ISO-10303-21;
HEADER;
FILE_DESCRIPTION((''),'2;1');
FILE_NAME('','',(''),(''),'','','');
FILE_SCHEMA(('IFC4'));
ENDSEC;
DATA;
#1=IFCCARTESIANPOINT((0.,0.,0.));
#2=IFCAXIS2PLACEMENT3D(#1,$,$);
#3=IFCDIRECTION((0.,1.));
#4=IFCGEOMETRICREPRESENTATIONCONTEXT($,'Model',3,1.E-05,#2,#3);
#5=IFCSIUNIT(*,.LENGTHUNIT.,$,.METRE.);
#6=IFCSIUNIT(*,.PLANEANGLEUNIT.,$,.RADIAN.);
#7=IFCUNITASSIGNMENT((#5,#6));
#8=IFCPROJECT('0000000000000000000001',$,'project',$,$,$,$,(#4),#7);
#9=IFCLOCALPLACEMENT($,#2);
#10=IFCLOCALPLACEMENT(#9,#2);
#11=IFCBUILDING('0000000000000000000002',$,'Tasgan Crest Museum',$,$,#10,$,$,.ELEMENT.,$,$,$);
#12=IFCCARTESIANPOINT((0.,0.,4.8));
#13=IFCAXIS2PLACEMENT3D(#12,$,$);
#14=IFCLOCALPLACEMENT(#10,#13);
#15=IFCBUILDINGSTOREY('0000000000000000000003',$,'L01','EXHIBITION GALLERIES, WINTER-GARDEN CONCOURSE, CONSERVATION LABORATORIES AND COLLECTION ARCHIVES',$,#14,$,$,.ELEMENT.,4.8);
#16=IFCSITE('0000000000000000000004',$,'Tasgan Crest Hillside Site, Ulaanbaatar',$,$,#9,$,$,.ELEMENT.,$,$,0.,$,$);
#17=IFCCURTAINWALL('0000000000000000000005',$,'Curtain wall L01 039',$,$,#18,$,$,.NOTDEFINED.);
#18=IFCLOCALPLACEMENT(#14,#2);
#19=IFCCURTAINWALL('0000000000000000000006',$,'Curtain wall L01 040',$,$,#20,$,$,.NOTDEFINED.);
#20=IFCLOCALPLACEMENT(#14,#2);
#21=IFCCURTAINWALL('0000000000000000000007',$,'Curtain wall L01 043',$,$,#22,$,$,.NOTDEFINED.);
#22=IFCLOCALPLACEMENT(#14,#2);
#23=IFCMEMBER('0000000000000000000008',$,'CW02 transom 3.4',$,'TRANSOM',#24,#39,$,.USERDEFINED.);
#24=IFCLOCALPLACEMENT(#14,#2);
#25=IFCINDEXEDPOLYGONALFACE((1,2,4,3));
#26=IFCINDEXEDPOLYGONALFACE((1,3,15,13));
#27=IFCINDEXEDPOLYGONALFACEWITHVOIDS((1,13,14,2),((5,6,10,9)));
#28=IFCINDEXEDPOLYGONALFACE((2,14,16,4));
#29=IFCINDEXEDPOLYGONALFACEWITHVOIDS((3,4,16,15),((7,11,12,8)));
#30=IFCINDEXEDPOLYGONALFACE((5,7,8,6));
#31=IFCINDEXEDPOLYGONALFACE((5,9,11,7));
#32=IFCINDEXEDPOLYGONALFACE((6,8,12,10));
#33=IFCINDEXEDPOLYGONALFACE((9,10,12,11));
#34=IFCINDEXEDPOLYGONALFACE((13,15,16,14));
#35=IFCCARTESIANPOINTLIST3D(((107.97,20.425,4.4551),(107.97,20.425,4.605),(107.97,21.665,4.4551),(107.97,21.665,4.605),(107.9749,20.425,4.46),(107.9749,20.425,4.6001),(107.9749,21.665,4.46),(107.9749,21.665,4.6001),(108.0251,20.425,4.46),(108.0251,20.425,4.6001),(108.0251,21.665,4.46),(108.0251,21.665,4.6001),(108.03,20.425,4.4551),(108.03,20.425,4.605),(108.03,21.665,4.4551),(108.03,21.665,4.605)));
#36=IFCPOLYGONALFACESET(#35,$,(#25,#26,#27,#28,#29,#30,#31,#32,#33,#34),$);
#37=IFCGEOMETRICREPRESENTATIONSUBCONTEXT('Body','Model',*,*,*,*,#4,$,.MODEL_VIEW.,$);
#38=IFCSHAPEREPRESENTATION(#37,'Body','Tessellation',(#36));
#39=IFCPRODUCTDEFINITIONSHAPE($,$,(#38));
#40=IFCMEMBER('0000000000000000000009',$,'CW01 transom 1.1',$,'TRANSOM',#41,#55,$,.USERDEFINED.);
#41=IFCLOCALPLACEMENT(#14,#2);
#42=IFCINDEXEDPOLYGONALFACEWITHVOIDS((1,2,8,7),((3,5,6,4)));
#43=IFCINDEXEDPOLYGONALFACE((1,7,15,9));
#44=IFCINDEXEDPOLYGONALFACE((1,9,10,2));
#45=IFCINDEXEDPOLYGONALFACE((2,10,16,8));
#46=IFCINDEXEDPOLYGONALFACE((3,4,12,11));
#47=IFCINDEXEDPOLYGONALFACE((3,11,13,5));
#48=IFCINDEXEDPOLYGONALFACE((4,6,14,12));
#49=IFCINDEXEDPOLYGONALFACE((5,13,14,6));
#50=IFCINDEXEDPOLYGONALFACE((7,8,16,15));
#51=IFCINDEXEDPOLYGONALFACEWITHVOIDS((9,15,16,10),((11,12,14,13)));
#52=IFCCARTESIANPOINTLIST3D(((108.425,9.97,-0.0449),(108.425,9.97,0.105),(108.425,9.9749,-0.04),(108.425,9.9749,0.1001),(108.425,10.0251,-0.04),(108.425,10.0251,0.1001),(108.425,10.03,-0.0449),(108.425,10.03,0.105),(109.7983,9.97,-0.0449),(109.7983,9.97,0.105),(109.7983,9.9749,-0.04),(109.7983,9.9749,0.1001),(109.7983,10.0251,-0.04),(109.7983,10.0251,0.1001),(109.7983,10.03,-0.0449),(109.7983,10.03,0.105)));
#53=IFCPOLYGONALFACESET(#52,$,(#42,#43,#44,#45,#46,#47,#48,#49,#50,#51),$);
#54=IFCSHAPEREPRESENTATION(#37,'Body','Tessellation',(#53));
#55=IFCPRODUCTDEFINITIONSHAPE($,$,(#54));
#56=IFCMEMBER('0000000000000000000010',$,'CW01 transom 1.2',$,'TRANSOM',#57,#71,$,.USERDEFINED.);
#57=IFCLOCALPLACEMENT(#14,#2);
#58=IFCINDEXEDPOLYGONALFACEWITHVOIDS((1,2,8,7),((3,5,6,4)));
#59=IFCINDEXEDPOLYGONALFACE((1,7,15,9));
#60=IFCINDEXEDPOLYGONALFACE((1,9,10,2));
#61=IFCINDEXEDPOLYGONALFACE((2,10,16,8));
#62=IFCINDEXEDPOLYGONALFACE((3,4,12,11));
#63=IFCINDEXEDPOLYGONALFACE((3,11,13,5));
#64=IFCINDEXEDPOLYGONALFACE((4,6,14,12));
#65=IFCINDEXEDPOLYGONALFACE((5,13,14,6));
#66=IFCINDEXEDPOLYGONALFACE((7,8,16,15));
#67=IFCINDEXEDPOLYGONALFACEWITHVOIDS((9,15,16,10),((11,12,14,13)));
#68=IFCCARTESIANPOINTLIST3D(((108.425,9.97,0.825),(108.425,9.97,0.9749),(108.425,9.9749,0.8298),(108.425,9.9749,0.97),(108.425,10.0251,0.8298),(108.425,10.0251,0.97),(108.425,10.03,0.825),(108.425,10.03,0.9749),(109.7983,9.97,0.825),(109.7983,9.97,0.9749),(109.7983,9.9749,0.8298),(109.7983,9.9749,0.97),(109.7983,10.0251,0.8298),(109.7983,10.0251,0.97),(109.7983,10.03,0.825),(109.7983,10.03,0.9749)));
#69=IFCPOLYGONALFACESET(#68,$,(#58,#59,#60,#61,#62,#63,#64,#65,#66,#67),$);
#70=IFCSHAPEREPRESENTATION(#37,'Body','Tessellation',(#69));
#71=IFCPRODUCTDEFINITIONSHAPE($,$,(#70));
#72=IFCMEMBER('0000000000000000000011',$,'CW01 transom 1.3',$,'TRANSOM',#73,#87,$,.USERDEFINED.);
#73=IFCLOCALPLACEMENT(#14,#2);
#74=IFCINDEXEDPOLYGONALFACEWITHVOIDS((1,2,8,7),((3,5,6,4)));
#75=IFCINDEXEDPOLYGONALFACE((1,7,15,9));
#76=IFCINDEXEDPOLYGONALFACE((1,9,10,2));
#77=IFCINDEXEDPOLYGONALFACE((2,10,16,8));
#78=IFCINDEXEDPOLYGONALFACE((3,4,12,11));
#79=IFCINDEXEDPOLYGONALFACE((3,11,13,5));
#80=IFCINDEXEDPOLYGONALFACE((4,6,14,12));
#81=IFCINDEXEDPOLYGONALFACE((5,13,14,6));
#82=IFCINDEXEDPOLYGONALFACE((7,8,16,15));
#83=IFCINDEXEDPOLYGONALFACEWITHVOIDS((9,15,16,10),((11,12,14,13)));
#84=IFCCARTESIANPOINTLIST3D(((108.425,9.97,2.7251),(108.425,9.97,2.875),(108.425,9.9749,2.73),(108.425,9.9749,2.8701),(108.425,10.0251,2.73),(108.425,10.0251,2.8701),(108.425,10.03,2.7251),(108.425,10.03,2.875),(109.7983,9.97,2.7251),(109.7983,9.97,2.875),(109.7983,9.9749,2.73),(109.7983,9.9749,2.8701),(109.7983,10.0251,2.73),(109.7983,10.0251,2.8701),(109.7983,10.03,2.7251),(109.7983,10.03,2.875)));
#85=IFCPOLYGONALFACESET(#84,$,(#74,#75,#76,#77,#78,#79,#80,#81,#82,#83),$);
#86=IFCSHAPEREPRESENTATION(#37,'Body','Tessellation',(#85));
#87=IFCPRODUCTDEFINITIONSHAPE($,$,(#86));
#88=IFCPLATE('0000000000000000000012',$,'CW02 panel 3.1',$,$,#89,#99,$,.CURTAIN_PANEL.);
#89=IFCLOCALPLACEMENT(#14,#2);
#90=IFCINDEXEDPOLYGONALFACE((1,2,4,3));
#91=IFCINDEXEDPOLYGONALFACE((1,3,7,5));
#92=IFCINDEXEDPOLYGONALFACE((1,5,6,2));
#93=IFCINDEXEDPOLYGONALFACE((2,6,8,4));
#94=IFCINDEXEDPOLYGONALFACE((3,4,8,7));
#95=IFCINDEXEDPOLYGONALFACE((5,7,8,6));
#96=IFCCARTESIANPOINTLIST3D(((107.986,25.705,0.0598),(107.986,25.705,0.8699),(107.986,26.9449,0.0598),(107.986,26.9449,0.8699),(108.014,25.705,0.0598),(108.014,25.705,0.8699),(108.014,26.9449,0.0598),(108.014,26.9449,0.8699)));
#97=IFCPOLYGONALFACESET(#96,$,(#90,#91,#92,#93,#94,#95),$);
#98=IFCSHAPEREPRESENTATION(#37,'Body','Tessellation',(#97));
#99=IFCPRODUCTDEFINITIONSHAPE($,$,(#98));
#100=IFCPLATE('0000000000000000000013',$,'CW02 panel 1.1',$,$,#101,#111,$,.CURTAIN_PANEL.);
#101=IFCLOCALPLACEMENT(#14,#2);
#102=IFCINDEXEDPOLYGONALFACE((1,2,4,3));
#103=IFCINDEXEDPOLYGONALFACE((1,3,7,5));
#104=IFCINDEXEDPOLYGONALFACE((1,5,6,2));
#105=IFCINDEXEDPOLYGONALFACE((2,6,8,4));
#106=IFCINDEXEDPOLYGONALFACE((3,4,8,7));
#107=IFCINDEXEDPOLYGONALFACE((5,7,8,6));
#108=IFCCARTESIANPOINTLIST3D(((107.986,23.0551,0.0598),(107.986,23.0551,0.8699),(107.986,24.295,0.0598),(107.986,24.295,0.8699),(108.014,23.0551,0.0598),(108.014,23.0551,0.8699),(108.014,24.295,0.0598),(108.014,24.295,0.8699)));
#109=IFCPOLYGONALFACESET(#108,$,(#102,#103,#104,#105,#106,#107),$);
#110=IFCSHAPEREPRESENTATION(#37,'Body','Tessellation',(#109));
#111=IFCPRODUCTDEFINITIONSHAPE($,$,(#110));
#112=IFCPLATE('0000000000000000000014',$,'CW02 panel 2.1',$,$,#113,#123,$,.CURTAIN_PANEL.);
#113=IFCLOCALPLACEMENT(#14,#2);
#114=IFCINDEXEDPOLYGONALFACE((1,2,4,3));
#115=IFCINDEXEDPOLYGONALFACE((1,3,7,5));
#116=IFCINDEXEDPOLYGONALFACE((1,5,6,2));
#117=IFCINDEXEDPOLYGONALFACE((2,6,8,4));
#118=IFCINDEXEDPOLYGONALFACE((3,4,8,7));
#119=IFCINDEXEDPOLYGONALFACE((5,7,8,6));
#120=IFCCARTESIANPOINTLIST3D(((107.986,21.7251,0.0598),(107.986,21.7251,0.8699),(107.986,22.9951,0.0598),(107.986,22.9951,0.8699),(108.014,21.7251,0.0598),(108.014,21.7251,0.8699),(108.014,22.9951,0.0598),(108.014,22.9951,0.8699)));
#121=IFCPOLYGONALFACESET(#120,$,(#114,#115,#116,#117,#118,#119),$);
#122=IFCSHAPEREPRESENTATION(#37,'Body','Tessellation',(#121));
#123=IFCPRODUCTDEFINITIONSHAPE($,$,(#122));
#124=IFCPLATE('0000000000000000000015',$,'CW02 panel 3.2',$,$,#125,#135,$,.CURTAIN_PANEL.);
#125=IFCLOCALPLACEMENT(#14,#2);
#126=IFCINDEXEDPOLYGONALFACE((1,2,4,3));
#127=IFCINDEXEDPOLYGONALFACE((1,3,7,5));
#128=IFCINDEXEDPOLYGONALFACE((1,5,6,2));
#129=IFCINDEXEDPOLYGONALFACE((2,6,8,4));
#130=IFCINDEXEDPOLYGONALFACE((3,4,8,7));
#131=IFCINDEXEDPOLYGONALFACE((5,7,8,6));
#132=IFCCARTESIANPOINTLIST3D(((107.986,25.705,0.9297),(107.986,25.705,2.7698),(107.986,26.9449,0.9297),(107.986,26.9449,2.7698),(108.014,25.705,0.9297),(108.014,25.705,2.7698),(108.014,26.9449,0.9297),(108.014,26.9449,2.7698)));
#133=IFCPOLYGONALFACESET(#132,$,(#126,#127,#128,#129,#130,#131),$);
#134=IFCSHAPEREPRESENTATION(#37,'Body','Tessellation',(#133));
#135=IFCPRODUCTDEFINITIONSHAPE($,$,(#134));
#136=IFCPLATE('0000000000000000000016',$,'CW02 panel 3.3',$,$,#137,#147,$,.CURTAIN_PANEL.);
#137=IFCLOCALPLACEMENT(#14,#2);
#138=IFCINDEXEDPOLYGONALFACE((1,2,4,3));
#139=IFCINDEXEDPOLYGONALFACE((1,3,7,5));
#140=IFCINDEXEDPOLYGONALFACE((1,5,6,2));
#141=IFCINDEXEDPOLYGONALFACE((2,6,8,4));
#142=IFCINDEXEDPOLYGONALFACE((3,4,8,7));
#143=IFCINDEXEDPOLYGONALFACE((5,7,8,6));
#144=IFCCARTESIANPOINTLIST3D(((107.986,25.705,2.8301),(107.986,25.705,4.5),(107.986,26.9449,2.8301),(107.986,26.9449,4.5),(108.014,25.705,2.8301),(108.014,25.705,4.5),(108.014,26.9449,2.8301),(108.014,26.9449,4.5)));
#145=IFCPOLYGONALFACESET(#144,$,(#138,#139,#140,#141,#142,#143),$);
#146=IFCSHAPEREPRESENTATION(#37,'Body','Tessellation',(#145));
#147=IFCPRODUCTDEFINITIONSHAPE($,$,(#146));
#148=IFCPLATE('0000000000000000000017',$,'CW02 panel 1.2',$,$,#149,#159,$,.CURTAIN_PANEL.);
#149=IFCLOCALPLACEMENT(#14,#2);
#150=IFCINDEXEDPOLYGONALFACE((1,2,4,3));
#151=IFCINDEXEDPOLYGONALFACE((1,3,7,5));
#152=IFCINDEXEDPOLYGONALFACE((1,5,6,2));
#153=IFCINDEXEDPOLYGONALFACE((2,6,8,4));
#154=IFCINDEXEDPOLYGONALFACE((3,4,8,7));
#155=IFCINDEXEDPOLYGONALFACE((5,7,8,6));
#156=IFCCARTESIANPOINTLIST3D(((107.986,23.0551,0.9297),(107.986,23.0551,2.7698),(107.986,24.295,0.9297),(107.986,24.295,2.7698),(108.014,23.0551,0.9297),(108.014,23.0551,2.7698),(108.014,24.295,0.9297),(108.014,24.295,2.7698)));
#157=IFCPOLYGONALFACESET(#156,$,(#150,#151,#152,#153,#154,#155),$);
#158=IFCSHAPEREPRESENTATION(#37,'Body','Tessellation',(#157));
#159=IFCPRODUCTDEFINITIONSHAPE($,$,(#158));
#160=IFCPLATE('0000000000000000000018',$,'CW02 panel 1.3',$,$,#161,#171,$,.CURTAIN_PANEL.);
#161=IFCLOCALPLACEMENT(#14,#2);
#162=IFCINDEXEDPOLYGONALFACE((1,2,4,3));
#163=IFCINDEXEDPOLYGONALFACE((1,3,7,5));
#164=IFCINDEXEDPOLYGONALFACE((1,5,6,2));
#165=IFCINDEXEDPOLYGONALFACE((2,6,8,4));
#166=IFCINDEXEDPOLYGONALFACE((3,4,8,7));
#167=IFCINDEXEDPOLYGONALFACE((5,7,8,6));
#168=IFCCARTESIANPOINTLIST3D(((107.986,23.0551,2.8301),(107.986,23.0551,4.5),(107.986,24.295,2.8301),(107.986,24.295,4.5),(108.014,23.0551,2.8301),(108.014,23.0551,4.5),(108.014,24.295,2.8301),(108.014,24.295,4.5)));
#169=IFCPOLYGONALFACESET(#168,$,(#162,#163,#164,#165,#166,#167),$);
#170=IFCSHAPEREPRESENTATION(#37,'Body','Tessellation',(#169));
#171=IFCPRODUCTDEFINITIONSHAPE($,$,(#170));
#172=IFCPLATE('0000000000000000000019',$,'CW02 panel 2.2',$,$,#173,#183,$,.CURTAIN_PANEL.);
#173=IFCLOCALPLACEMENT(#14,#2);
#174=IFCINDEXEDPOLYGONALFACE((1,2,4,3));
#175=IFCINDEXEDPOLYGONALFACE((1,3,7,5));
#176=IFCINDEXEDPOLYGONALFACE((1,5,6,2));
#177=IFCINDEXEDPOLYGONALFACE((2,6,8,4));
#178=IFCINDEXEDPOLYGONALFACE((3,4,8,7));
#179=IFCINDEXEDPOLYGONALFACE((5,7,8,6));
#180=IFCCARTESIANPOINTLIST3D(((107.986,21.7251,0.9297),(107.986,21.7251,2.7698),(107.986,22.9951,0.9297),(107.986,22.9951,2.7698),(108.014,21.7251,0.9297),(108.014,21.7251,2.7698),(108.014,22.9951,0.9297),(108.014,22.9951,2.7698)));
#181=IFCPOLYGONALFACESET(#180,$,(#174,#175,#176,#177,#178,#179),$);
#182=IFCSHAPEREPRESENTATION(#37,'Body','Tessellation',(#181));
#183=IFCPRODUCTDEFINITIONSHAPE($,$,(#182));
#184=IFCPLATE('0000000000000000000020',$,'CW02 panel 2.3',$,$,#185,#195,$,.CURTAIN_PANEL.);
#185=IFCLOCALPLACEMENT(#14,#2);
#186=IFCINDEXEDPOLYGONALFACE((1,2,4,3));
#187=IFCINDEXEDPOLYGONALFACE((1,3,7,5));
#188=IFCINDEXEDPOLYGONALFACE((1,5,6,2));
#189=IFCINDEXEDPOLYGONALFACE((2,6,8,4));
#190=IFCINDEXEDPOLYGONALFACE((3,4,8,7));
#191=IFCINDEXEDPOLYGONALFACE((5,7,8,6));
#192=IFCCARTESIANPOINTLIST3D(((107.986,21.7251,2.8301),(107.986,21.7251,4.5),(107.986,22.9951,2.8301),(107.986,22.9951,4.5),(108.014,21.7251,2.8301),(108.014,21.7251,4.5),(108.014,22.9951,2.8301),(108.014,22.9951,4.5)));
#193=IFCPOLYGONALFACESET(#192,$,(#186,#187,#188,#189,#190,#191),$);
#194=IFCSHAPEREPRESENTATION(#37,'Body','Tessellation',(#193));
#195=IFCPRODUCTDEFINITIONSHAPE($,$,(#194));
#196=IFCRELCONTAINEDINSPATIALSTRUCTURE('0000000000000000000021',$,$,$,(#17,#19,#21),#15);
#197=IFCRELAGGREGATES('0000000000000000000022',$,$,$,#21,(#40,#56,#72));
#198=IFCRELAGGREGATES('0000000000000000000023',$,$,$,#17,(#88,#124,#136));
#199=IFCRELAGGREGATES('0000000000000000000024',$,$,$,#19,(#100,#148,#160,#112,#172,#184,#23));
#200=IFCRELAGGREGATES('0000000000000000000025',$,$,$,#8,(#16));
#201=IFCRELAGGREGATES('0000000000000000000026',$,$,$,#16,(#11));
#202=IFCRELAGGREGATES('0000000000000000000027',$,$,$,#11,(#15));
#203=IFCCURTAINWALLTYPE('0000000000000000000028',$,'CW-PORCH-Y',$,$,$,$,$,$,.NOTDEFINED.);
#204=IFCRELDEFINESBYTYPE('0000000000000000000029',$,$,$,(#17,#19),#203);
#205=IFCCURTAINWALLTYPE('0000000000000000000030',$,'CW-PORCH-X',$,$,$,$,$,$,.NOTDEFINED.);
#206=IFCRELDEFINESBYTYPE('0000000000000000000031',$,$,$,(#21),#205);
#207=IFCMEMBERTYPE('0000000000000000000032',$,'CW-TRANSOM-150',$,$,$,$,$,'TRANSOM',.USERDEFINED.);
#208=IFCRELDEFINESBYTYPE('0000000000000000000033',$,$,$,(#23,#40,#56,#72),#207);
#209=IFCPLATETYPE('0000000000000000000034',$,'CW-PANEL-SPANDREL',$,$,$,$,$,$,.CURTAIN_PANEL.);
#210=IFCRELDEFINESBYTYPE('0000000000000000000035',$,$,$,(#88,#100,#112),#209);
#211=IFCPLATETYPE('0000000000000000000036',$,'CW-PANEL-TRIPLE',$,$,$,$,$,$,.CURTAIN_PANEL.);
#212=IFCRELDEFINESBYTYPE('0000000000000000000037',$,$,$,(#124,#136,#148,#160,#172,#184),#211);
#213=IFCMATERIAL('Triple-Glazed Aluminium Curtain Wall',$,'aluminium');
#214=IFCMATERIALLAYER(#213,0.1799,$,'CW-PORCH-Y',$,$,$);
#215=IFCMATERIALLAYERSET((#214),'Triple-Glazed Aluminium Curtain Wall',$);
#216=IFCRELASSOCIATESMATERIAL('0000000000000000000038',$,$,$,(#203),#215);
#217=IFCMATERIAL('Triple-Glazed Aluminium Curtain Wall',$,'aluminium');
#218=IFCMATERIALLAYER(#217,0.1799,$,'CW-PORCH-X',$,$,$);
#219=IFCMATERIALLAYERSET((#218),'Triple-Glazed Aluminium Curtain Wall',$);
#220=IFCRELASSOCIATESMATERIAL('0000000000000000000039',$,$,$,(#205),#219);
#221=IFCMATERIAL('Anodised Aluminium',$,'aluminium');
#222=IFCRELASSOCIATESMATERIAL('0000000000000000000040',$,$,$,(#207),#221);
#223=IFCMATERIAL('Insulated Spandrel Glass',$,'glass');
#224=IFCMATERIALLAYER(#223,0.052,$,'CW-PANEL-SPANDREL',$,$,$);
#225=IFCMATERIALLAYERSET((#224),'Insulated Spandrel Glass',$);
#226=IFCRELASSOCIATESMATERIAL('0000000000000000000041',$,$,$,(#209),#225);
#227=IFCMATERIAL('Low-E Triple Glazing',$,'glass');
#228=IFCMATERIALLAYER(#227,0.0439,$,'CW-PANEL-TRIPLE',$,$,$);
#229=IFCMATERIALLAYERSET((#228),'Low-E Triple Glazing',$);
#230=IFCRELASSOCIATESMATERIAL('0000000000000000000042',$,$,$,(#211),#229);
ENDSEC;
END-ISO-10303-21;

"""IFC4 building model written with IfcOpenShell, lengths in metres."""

from ifc_helpers import new_model, si_unit, direction, frame, origin, origin_2d, place, context, subcontext, project, spatial, rectangle, hollow_rectangle, extrude, material, layer, layer_set, material_profile, profile_set, type_object, element, aggregate, save


model = new_model("IFC4")

# Units and contexts
model_context = context("Model", 3, precision=1e-05, world=origin(), true_north=direction((0.0, 1.0)))
body_context = subcontext(model_context, "Body", "Model", "MODEL_VIEW")
ifc_project = project(units=[si_unit("LENGTHUNIT", "METRE"), si_unit("PLANEANGLEUNIT", "RADIAN")], contexts=[model_context])

# Site, building, storey
site_placement = place(None, origin())
site = spatial("IfcSite", under=ifc_project, at=site_placement, Name="Tasgan Crest Hillside Site, Ulaanbaatar", CompositionType="ELEMENT", RefElevation=0.0)
building_placement = place(site_placement, origin())
building = spatial("IfcBuilding", under=site, at=building_placement, Name="Tasgan Crest Museum", CompositionType="ELEMENT")
storey_placement = place(building_placement, frame((0.0, 0.0, 4.8)))
storey = spatial("IfcBuildingStorey", under=building, at=storey_placement, Name="L01", Description="EXHIBITION GALLERIES, WINTER-GARDEN CONCOURSE, CONSERVATION LABORATORIES AND COLLECTION ARCHIVES", CompositionType="ELEMENT", Elevation=4.8)

# Curtain wall
ifc_material_1 = material(Name="Triple-Glazed Aluminium Curtain Wall", Category="aluminium")
ifc_layer_1 = layer(ifc_material_1, 0.1799, Name="CW-PORCH-Y")
ifc_layer_set_1 = layer_set([ifc_layer_1], Name="Triple-Glazed Aluminium Curtain Wall")
curtain_wall_type_1 = type_object("IfcCurtainWallType", Name="CW-PORCH-Y", PredefinedType="NOTDEFINED", material=ifc_layer_set_1)
curtain_wall_1_placement = place(storey_placement, origin())
curtain_wall_1 = element("IfcCurtainWall", 1, at=curtain_wall_1_placement, inside=storey, type_object=curtain_wall_type_1, Name="Curtain wall L01 039", PredefinedType="NOTDEFINED")

# Curtain wall
curtain_wall_2_placement = place(storey_placement, origin())
curtain_wall_2 = element("IfcCurtainWall", 2, at=curtain_wall_2_placement, inside=storey, type_object=curtain_wall_type_1, Name="Curtain wall L01 040", PredefinedType="NOTDEFINED")

# Curtain wall
ifc_material_2 = material(Name="Triple-Glazed Aluminium Curtain Wall", Category="aluminium")
ifc_layer_2 = layer(ifc_material_2, 0.1799, Name="CW-PORCH-X")
ifc_layer_set_2 = layer_set([ifc_layer_2], Name="Triple-Glazed Aluminium Curtain Wall")
curtain_wall_type_2 = type_object("IfcCurtainWallType", Name="CW-PORCH-X", PredefinedType="NOTDEFINED", material=ifc_layer_set_2)
curtain_wall_3_placement = place(storey_placement, origin())
curtain_wall_3 = element("IfcCurtainWall", 3, at=curtain_wall_3_placement, inside=storey, type_object=curtain_wall_type_2, Name="Curtain wall L01 043", PredefinedType="NOTDEFINED")

# Members
ifc_material_3 = material(Name="Anodised Aluminium", Category="aluminium")
ifc_material_profile_1 = material_profile(ifc_material_3, hollow_rectangle(XDim=0.0601, YDim=0.1499, WallThickness=0.0049, at=origin_2d()), Name="ALU TRANSOM 150x60x5")
ifc_profile_set_1 = profile_set([ifc_material_profile_1], Name="Anodised Aluminium")
member_type_1 = type_object("IfcMemberType", Name="CW-TRANSOM-150", ElementType="TRANSOM", PredefinedType="USERDEFINED", material=ifc_profile_set_1)
member_1_placement = place(storey_placement, frame((108.0, 21.665, 4.53), z_axis=(0.0, -1.0, 0.0), x_axis=(1.0, 0.0, 0.0)))
member_1 = element("IfcMember", 4, at=member_1_placement, type_object=member_type_1, Name="CW02 transom 3.4", ObjectType="TRANSOM", PredefinedType="USERDEFINED", context=body_context, shape_type="SweptSolid", body=[
    extrude(hollow_rectangle(XDim=0.0601, YDim=0.1499, WallThickness=0.0049, at=origin_2d()), origin(), (0.0, 0.0, 1.0), 1.24),
])
member_2_placement = place(storey_placement, frame((108.425, 10.0, 0.03), z_axis=(1.0, 0.0, 0.0), x_axis=(0.0, 1.0, 0.0)))
member_2 = element("IfcMember", 5, at=member_2_placement, type_object=member_type_1, Name="CW01 transom 1.1", ObjectType="TRANSOM", PredefinedType="USERDEFINED", context=body_context, shape_type="SweptSolid", body=[
    extrude(hollow_rectangle(XDim=0.0601, YDim=0.1499, WallThickness=0.0049, at=origin_2d()), origin(), (0.0, 0.0, 1.0), 1.3733),
])
member_3_placement = place(storey_placement, frame((108.425, 10.0, 0.8999), z_axis=(1.0, 0.0, 0.0), x_axis=(0.0, 1.0, 0.0)))
member_3 = element("IfcMember", 6, at=member_3_placement, type_object=member_type_1, Name="CW01 transom 1.2", ObjectType="TRANSOM", PredefinedType="USERDEFINED", context=body_context, shape_type="SweptSolid", body=[
    extrude(hollow_rectangle(XDim=0.0601, YDim=0.1499, WallThickness=0.0049, at=origin_2d()), origin(), (0.0, 0.0, 1.0), 1.3733),
])
member_4_placement = place(storey_placement, frame((108.425, 10.0, 2.8), z_axis=(1.0, 0.0, 0.0), x_axis=(0.0, 1.0, 0.0)))
member_4 = element("IfcMember", 7, at=member_4_placement, type_object=member_type_1, Name="CW01 transom 1.3", ObjectType="TRANSOM", PredefinedType="USERDEFINED", context=body_context, shape_type="SweptSolid", body=[
    extrude(hollow_rectangle(XDim=0.0601, YDim=0.1499, WallThickness=0.0049, at=origin_2d()), origin(), (0.0, 0.0, 1.0), 1.3733),
])
aggregate(curtain_wall_3, [member_2, member_3, member_4])

# Plates
ifc_material_4 = material(Name="Insulated Spandrel Glass", Category="glass")
ifc_layer_3 = layer(ifc_material_4, 0.052, Name="CW-PANEL-SPANDREL")
ifc_layer_set_3 = layer_set([ifc_layer_3], Name="Insulated Spandrel Glass")
plate_type_1 = type_object("IfcPlateType", Name="CW-PANEL-SPANDREL", PredefinedType="CURTAIN_PANEL", material=ifc_layer_set_3)
plate_1_placement = place(storey_placement, frame((108.0, 26.325, 0.0598), z_axis=(0.0, 0.0, 1.0), x_axis=(0.0, -1.0, 0.0)))
plate_1 = element("IfcPlate", 8, at=plate_1_placement, type_object=plate_type_1, Name="CW02 panel 3.1", PredefinedType="CURTAIN_PANEL", context=body_context, shape_type="SweptSolid", body=[
    extrude(rectangle(XDim=1.24, YDim=0.0281, at=origin_2d()), origin(), (0.0, 0.0, 1.0), 0.8101),
])
plate_2_placement = place(storey_placement, frame((108.0, 23.675, 0.0598), z_axis=(0.0, 0.0, 1.0), x_axis=(0.0, -1.0, 0.0)))
plate_2 = element("IfcPlate", 9, at=plate_2_placement, type_object=plate_type_1, Name="CW02 panel 1.1", PredefinedType="CURTAIN_PANEL", context=body_context, shape_type="SweptSolid", body=[
    extrude(rectangle(XDim=1.24, YDim=0.0281, at=origin_2d()), origin(), (0.0, 0.0, 1.0), 0.8101),
])
plate_3_placement = place(storey_placement, frame((108.0, 22.3601, 0.0598), z_axis=(0.0, 0.0, 1.0), x_axis=(0.0, -1.0, 0.0)))
plate_3 = element("IfcPlate", 10, at=plate_3_placement, type_object=plate_type_1, Name="CW02 panel 2.1", PredefinedType="CURTAIN_PANEL", context=body_context, shape_type="SweptSolid", body=[
    extrude(rectangle(XDim=1.27, YDim=0.0281, at=origin_2d()), origin(), (0.0, 0.0, 1.0), 0.8101),
])
ifc_material_5 = material(Name="Low-E Triple Glazing", Category="glass")
ifc_layer_4 = layer(ifc_material_5, 0.0439, Name="CW-PANEL-TRIPLE")
ifc_layer_set_4 = layer_set([ifc_layer_4], Name="Low-E Triple Glazing")
plate_type_2 = type_object("IfcPlateType", Name="CW-PANEL-TRIPLE", PredefinedType="CURTAIN_PANEL", material=ifc_layer_set_4)
plate_4_placement = place(storey_placement, frame((108.0, 26.325, 0.9297), z_axis=(0.0, 0.0, 1.0), x_axis=(0.0, -1.0, 0.0)))
plate_4 = element("IfcPlate", 11, at=plate_4_placement, type_object=plate_type_2, Name="CW02 panel 3.2", PredefinedType="CURTAIN_PANEL", context=body_context, shape_type="SweptSolid", body=[
    extrude(rectangle(XDim=1.24, YDim=0.0281, at=origin_2d()), origin(), (0.0, 0.0, 1.0), 1.8401),
])
plate_5_placement = place(storey_placement, frame((108.0, 26.325, 2.8301), z_axis=(0.0, 0.0, 1.0), x_axis=(0.0, -1.0, 0.0)))
plate_5 = element("IfcPlate", 12, at=plate_5_placement, type_object=plate_type_2, Name="CW02 panel 3.3", PredefinedType="CURTAIN_PANEL", context=body_context, shape_type="SweptSolid", body=[
    extrude(rectangle(XDim=1.24, YDim=0.0281, at=origin_2d()), origin(), (0.0, 0.0, 1.0), 1.6699),
])
aggregate(curtain_wall_1, [plate_1, plate_4, plate_5])
plate_6_placement = place(storey_placement, frame((108.0, 23.675, 0.9297), z_axis=(0.0, 0.0, 1.0), x_axis=(0.0, -1.0, 0.0)))
plate_6 = element("IfcPlate", 13, at=plate_6_placement, type_object=plate_type_2, Name="CW02 panel 1.2", PredefinedType="CURTAIN_PANEL", context=body_context, shape_type="SweptSolid", body=[
    extrude(rectangle(XDim=1.24, YDim=0.0281, at=origin_2d()), origin(), (0.0, 0.0, 1.0), 1.8401),
])
plate_7_placement = place(storey_placement, frame((108.0, 23.675, 2.8301), z_axis=(0.0, 0.0, 1.0), x_axis=(0.0, -1.0, 0.0)))
plate_7 = element("IfcPlate", 14, at=plate_7_placement, type_object=plate_type_2, Name="CW02 panel 1.3", PredefinedType="CURTAIN_PANEL", context=body_context, shape_type="SweptSolid", body=[
    extrude(rectangle(XDim=1.24, YDim=0.0281, at=origin_2d()), origin(), (0.0, 0.0, 1.0), 1.6699),
])
plate_8_placement = place(storey_placement, frame((108.0, 22.3601, 0.9297), z_axis=(0.0, 0.0, 1.0), x_axis=(0.0, -1.0, 0.0)))
plate_8 = element("IfcPlate", 15, at=plate_8_placement, type_object=plate_type_2, Name="CW02 panel 2.2", PredefinedType="CURTAIN_PANEL", context=body_context, shape_type="SweptSolid", body=[
    extrude(rectangle(XDim=1.27, YDim=0.0281, at=origin_2d()), origin(), (0.0, 0.0, 1.0), 1.8401),
])
plate_9_placement = place(storey_placement, frame((108.0, 22.3601, 2.8301), z_axis=(0.0, 0.0, 1.0), x_axis=(0.0, -1.0, 0.0)))
plate_9 = element("IfcPlate", 16, at=plate_9_placement, type_object=plate_type_2, Name="CW02 panel 2.3", PredefinedType="CURTAIN_PANEL", context=body_context, shape_type="SweptSolid", body=[
    extrude(rectangle(XDim=1.27, YDim=0.0281, at=origin_2d()), origin(), (0.0, 0.0, 1.0), 1.6699),
])
aggregate(curtain_wall_2, [plate_2, plate_6, plate_7, plate_3, plate_8, plate_9, member_1])

save(model, "model.ifc")
